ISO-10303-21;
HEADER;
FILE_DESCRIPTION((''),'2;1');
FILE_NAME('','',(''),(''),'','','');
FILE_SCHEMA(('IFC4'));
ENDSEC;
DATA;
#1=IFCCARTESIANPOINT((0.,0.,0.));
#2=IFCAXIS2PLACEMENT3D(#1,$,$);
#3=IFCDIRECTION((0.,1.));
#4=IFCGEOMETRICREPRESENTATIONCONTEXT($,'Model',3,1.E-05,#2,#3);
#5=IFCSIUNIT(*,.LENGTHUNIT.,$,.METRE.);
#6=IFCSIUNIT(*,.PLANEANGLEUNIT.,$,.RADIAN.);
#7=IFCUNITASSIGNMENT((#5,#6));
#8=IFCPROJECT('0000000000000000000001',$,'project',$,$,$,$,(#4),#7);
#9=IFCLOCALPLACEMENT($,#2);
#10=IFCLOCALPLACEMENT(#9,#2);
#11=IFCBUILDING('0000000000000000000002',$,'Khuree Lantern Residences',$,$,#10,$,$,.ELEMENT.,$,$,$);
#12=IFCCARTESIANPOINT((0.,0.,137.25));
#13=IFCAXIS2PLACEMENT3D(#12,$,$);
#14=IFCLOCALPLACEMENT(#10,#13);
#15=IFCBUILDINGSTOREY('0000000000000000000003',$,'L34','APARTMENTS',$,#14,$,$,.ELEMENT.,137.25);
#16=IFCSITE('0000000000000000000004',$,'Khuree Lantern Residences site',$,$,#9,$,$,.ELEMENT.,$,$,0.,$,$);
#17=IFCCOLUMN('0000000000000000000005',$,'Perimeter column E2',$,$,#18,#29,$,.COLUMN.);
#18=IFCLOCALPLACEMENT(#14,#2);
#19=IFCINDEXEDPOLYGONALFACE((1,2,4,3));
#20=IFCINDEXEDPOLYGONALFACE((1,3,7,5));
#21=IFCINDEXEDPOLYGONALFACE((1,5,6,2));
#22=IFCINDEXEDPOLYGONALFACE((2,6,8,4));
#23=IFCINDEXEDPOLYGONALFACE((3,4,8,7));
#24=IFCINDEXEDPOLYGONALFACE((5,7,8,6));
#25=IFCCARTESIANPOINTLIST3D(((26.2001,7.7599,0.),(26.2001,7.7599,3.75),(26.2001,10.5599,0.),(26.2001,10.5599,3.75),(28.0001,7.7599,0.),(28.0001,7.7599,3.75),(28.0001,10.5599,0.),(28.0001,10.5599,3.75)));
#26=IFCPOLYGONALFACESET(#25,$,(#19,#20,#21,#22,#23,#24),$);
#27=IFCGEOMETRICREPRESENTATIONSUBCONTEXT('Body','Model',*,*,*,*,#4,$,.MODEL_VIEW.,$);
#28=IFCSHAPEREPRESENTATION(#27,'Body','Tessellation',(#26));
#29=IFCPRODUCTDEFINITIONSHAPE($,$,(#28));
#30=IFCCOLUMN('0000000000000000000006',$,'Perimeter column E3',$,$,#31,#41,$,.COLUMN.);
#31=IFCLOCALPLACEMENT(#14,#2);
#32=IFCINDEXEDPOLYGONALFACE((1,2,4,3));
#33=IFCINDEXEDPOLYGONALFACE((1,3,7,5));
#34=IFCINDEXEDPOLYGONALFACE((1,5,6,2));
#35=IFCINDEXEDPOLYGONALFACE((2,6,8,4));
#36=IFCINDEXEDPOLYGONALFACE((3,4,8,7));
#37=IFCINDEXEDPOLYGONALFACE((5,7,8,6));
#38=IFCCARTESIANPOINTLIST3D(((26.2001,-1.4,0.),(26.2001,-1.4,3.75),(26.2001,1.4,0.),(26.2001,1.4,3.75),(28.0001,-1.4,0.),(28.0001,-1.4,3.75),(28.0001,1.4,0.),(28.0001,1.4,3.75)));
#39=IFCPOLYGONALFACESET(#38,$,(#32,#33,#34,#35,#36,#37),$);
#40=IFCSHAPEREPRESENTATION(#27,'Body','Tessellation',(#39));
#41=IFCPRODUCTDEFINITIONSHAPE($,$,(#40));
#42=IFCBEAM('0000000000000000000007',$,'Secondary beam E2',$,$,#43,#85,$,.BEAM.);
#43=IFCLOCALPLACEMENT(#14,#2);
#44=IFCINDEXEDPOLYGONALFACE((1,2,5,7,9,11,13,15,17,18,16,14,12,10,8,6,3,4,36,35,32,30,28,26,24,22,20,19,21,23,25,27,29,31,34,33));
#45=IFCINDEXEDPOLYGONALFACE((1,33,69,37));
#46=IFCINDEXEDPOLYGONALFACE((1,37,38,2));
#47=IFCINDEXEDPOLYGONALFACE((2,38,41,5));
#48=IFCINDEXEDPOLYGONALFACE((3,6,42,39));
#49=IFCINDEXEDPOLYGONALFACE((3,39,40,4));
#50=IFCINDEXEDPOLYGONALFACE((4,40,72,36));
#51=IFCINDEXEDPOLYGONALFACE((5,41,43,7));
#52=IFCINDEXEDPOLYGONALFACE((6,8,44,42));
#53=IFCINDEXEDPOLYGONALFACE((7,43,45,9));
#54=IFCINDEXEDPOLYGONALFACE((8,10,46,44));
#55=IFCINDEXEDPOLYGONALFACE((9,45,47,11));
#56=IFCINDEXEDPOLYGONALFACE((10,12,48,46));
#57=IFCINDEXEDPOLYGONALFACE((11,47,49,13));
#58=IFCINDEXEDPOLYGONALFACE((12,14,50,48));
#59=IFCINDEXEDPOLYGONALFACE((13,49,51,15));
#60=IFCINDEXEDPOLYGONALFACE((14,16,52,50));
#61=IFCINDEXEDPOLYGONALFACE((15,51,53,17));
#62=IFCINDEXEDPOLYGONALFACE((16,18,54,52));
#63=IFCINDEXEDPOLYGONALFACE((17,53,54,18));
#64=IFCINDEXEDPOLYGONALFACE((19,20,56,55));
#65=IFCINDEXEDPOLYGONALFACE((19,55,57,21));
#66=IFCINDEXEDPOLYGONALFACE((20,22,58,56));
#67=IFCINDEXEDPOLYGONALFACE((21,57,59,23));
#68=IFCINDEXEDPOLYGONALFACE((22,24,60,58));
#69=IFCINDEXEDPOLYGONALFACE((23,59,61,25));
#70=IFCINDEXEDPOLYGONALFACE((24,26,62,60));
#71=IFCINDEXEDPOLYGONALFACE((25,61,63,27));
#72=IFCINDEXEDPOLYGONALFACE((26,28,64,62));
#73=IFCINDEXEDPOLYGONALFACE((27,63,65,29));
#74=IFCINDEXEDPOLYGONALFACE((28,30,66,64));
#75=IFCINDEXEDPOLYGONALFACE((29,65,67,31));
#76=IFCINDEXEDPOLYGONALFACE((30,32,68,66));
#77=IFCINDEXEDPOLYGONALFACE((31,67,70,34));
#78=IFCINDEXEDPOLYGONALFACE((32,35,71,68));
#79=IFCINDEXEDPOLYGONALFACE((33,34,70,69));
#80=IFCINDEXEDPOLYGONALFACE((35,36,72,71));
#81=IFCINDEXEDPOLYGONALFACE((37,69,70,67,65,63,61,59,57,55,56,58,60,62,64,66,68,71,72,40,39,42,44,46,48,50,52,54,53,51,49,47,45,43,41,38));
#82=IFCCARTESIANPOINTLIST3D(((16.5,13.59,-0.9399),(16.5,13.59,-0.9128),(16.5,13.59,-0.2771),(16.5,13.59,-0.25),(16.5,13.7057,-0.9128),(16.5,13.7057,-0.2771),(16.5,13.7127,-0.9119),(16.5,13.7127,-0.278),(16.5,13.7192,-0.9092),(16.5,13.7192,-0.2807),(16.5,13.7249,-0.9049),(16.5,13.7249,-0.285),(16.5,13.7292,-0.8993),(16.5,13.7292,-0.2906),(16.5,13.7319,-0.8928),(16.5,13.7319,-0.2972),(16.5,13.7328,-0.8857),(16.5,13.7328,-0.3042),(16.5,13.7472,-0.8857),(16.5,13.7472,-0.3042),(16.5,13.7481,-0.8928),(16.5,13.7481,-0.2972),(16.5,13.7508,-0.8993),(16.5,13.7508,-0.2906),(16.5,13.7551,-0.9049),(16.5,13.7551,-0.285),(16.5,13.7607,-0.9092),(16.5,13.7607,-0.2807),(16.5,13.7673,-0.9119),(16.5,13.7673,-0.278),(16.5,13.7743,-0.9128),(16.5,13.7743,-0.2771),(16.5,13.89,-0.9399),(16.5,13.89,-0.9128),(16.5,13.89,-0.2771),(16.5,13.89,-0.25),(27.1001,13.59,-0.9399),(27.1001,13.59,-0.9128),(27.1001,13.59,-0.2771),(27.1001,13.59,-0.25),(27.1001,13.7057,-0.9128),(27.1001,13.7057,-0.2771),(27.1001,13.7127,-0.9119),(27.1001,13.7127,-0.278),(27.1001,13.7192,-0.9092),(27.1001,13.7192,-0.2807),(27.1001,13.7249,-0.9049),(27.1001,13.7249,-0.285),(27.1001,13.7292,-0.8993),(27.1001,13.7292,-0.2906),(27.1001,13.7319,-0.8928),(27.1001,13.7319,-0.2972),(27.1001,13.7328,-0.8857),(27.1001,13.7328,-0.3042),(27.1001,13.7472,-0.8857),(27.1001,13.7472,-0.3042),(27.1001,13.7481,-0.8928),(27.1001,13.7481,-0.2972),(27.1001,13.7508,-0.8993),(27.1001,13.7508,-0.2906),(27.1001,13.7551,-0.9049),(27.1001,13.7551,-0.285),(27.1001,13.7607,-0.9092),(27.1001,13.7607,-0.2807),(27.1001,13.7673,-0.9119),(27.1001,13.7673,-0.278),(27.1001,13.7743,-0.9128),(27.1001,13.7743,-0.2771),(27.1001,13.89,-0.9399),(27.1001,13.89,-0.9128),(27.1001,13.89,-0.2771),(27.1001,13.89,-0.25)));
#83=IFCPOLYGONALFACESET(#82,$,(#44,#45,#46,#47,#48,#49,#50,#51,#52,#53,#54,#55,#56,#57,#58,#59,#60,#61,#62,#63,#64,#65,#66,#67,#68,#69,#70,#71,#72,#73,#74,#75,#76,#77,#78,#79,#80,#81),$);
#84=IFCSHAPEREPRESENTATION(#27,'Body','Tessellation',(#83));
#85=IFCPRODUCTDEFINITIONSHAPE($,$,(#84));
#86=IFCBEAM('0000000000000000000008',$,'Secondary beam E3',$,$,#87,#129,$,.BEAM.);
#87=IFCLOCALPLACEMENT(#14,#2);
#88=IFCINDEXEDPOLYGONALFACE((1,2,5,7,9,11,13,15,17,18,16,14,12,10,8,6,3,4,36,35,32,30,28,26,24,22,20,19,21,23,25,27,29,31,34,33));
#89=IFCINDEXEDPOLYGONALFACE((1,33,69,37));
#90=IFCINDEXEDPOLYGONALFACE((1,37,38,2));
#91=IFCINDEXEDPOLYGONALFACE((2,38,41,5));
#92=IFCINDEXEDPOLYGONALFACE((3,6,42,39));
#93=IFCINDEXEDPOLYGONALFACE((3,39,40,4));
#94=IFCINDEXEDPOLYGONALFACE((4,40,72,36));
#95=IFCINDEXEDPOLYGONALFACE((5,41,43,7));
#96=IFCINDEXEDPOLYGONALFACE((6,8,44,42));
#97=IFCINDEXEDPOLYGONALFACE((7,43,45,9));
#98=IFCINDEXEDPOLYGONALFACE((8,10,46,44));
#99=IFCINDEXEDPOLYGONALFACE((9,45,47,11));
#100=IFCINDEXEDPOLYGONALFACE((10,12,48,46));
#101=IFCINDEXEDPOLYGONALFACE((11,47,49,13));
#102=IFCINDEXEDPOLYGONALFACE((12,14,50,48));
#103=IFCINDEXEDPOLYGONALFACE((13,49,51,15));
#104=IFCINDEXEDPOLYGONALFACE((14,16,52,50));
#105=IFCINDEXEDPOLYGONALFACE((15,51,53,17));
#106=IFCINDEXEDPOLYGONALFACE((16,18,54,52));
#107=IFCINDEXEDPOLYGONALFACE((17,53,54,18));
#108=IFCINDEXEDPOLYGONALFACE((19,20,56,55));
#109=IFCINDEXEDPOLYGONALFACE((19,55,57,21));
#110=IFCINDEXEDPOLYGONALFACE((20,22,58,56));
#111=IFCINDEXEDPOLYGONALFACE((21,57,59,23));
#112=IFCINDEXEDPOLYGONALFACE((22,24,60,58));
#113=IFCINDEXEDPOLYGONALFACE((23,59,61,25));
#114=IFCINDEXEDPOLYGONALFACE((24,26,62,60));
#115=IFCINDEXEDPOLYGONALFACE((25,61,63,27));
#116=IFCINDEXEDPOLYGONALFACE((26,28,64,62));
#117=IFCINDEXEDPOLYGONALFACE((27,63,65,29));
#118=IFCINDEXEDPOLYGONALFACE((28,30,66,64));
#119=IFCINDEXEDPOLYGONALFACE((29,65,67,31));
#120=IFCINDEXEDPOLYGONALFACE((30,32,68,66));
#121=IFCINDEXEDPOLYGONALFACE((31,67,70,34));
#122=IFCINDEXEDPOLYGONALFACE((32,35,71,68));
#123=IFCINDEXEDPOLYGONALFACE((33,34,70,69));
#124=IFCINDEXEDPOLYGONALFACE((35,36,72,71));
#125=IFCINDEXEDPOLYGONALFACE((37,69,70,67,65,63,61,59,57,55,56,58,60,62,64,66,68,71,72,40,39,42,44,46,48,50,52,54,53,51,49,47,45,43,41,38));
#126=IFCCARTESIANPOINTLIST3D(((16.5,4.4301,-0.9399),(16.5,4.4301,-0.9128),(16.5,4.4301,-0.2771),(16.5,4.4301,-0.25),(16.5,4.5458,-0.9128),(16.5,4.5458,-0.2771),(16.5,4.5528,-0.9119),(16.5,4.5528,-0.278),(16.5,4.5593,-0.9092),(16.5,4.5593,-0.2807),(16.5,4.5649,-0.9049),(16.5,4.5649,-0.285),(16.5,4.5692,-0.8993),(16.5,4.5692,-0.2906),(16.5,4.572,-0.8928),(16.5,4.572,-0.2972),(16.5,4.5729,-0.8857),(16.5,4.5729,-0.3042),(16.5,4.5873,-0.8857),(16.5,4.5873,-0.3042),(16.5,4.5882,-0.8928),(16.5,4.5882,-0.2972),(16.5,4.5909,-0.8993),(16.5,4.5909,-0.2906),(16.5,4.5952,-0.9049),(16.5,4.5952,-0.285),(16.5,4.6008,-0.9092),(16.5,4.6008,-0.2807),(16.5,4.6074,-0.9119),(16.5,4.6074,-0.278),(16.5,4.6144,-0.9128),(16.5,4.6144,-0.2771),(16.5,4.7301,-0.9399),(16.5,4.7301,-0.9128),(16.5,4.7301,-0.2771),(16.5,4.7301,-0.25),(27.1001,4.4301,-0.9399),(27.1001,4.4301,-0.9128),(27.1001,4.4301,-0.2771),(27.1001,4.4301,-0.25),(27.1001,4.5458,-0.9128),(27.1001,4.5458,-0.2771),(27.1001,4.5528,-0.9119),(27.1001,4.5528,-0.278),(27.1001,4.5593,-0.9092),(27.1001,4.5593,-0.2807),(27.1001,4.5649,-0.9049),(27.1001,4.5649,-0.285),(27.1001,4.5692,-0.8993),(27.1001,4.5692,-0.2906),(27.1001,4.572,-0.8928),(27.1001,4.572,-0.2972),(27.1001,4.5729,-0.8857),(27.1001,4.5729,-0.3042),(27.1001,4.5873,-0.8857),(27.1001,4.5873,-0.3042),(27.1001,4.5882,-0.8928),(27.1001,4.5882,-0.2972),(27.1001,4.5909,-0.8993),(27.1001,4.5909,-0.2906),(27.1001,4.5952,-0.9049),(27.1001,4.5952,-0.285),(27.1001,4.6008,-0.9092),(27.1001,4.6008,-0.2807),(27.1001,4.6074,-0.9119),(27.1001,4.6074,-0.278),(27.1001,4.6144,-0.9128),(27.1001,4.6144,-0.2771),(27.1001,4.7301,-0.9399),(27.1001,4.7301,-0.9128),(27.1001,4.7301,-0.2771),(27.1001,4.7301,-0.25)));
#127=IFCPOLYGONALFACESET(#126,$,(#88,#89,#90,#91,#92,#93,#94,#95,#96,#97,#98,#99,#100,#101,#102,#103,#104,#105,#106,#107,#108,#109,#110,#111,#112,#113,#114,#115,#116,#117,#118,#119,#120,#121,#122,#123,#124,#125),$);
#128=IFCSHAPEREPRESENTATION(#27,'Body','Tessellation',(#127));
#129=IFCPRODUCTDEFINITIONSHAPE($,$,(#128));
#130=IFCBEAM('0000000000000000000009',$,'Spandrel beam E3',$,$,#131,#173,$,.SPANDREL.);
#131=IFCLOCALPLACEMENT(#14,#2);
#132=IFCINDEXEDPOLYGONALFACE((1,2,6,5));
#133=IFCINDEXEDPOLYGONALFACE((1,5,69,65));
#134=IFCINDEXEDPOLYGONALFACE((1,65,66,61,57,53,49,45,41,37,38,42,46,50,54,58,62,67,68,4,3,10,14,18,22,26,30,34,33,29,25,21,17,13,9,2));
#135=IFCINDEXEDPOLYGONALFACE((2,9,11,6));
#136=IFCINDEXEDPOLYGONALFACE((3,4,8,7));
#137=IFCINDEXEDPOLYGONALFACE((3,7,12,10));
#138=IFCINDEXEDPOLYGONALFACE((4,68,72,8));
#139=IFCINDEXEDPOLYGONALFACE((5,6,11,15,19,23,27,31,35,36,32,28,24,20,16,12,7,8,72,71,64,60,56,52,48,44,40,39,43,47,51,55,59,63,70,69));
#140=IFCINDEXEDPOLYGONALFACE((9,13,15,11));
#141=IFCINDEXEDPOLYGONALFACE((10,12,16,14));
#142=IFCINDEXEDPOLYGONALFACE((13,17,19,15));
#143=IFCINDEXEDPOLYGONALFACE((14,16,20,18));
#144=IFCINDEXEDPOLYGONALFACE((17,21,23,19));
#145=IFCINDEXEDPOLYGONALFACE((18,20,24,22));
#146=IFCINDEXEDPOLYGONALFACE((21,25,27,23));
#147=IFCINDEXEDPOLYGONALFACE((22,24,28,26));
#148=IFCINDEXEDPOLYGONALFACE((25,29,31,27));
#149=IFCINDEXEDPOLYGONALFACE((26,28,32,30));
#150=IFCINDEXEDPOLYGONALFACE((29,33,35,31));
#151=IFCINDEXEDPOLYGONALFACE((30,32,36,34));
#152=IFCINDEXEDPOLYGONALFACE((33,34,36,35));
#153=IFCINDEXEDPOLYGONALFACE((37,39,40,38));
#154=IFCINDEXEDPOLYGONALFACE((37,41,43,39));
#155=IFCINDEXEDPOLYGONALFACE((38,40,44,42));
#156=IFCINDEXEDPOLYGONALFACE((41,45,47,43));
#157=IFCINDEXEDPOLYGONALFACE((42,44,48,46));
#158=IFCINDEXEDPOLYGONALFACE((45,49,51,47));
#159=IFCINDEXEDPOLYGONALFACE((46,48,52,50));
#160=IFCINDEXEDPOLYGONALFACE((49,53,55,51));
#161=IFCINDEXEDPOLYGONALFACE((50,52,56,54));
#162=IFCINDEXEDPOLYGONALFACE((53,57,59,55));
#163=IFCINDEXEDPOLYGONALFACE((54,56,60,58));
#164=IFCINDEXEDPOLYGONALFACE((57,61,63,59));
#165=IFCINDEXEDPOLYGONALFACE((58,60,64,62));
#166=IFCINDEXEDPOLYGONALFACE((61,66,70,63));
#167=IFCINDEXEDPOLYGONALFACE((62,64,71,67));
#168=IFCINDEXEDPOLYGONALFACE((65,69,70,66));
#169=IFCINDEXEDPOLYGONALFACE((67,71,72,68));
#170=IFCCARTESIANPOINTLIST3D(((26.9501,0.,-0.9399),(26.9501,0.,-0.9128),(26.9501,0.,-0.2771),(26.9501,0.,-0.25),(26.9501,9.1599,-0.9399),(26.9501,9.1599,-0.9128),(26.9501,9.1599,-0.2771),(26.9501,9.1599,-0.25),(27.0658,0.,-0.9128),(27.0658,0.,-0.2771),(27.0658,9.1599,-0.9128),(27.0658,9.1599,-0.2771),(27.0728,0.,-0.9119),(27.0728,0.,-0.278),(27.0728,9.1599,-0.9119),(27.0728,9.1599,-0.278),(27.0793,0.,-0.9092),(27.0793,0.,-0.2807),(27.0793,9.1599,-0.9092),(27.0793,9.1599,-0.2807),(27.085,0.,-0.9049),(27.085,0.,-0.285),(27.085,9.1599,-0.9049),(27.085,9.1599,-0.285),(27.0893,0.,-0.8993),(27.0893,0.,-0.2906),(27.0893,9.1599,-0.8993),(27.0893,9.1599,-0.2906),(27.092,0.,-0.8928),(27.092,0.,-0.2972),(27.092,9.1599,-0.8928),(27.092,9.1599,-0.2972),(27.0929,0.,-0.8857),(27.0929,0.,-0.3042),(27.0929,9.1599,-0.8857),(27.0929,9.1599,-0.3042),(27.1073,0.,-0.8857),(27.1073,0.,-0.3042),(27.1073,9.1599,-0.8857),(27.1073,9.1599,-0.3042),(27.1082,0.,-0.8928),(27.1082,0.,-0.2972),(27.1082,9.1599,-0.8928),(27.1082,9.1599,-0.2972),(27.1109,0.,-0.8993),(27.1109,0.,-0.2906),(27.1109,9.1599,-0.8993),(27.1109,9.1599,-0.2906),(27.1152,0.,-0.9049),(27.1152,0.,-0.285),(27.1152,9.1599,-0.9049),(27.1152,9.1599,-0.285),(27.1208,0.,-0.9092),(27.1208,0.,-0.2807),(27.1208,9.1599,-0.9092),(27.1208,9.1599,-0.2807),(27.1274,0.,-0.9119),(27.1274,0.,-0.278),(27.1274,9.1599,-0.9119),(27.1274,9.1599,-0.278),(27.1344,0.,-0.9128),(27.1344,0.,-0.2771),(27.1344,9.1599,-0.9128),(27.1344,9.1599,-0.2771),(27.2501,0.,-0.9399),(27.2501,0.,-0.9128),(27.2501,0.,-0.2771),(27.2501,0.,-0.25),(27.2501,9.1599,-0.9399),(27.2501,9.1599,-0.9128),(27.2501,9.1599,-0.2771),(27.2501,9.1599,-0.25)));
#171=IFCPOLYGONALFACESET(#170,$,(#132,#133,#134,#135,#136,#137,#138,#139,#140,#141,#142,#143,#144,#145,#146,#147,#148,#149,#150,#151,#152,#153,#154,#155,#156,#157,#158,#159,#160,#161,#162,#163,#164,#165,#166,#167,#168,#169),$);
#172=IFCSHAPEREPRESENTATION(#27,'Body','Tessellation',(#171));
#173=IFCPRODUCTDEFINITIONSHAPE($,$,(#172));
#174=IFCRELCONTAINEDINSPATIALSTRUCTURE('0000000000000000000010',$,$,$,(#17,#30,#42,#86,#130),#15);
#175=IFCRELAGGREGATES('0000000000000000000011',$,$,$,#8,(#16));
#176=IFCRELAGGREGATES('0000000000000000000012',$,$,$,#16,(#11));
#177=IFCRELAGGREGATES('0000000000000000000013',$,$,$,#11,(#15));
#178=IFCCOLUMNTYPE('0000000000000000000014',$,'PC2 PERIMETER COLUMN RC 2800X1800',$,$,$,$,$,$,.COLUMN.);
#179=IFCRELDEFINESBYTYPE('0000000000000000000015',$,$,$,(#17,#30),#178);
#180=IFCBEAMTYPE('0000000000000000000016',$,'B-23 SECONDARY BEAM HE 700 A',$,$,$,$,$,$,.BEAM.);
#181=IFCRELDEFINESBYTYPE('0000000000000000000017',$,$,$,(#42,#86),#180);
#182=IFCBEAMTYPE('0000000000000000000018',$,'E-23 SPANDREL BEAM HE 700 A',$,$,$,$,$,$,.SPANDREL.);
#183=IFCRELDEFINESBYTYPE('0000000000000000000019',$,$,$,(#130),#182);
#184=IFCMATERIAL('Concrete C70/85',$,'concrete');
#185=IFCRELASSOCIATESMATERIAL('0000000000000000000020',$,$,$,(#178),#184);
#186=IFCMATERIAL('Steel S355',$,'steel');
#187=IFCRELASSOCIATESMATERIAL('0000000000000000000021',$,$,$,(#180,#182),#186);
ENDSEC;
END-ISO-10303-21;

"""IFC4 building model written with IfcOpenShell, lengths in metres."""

from ifc_helpers import new_model, si_unit, direction, frame, origin, origin_2d, place, context, subcontext, project, spatial, rectangle, i_section, extrude, material, material_profile, profile_set, type_object, element, save


model = new_model("IFC4")

# Units and contexts
model_context = context("Model", 3, precision=1e-05, world=origin(), true_north=direction((0.0, 1.0)))
body_context = subcontext(model_context, "Body", "Model", "MODEL_VIEW")
ifc_project = project(units=[si_unit("LENGTHUNIT", "METRE"), si_unit("PLANEANGLEUNIT", "RADIAN")], contexts=[model_context])

# Site, building, storey
site_placement = place(None, origin())
site = spatial("IfcSite", under=ifc_project, at=site_placement, Name="Khuree Lantern Residences site", CompositionType="ELEMENT", RefElevation=0.0)
building_placement = place(site_placement, origin())
building = spatial("IfcBuilding", under=site, at=building_placement, Name="Khuree Lantern Residences", CompositionType="ELEMENT")
storey_placement = place(building_placement, frame((0.0, 0.0, 137.25)))
storey = spatial("IfcBuildingStorey", under=building, at=storey_placement, Name="L34", Description="APARTMENTS", CompositionType="ELEMENT", Elevation=137.25)

# Columns
ifc_material_1 = material(Name="Concrete C70/85", Category="concrete")
ifc_material_profile_1 = material_profile(ifc_material_1, rectangle(XDim=2.8, YDim=1.8, at=origin_2d()), Name="RC 2800X1800")
ifc_profile_set_1 = profile_set([ifc_material_profile_1], Name="Concrete C70/85")
column_type = type_object("IfcColumnType", Name="PC2 PERIMETER COLUMN RC 2800X1800", PredefinedType="COLUMN", material=ifc_profile_set_1)
for number, where, z_axis, x_axis, name in (
    (1, (27.1001, 9.1599, 0.0), (0.0, 0.0, 1.0), (0.0, 1.0, 0.0), "Perimeter column E2"),
    (2, (27.1001, 0.0, 0.0), (0.0, 0.0, 1.0), (0.0, 1.0, 0.0), "Perimeter column E3"),
):
    element("IfcColumn", number, at=place(storey_placement, frame(where, z_axis=z_axis, x_axis=x_axis)), inside=storey, type_object=column_type, Name=name, PredefinedType="COLUMN", context=body_context, shape_type="SweptSolid", body=[
        extrude(rectangle(XDim=2.8, YDim=1.8, at=origin_2d()), origin(), (0.0, 0.0, 1.0), 3.75),
    ])

# Beams
ifc_material_2 = material(Name="Steel S355", Category="steel")
ifc_material_profile_2 = material_profile(ifc_material_2, i_section(OverallWidth=0.3, OverallDepth=0.6899, WebThickness=0.0144, FlangeThickness=0.0271, FilletRadius=0.0271, at=origin_2d()), Name="HE 700 A")
ifc_profile_set_2 = profile_set([ifc_material_profile_2], Name="Steel S355")
beam_type_1 = type_object("IfcBeamType", Name="B-23 SECONDARY BEAM HE 700 A", PredefinedType="BEAM", material=ifc_profile_set_2)
for number, where, z_axis, x_axis, name in (
    (3, (27.1001, 13.74, -0.595), (-1.0, 0.0, 0.0), (0.0, -1.0, 0.0), "Secondary beam E2"),
    (4, (27.1001, 4.5801, -0.595), (-1.0, 0.0, 0.0), (0.0, -1.0, 0.0), "Secondary beam E3"),
):
    element("IfcBeam", number, at=place(storey_placement, frame(where, z_axis=z_axis, x_axis=x_axis)), inside=storey, type_object=beam_type_1, Name=name, PredefinedType="BEAM", context=body_context, shape_type="SweptSolid", body=[
        extrude(i_section(OverallWidth=0.3, OverallDepth=0.6899, WebThickness=0.0144, FlangeThickness=0.0271, FilletRadius=0.0271, at=origin_2d()), origin(), (0.0, 0.0, 1.0), 10.6001),
    ])
ifc_material_profile_3 = material_profile(ifc_material_2, i_section(OverallWidth=0.3, OverallDepth=0.6899, WebThickness=0.0144, FlangeThickness=0.0271, FilletRadius=0.0271, at=origin_2d()), Name="HE 700 A")
ifc_profile_set_3 = profile_set([ifc_material_profile_3], Name="Steel S355")
beam_type_2 = type_object("IfcBeamType", Name="E-23 SPANDREL BEAM HE 700 A", PredefinedType="SPANDREL", material=ifc_profile_set_3)
for number, where, z_axis, x_axis, name in (
    (5, (27.1001, 9.1599, -0.595), (0.0, -1.0, 0.0), (1.0, 0.0, 0.0), "Spandrel beam E3"),
):
    element("IfcBeam", number, at=place(storey_placement, frame(where, z_axis=z_axis, x_axis=x_axis)), inside=storey, type_object=beam_type_2, Name=name, PredefinedType="SPANDREL", context=body_context, shape_type="SweptSolid", body=[
        extrude(i_section(OverallWidth=0.3, OverallDepth=0.6899, WebThickness=0.0144, FlangeThickness=0.0271, FilletRadius=0.0271, at=origin_2d()), origin(), (0.0, 0.0, 1.0), 9.1599),
    ])

save(model, "model.ifc")
